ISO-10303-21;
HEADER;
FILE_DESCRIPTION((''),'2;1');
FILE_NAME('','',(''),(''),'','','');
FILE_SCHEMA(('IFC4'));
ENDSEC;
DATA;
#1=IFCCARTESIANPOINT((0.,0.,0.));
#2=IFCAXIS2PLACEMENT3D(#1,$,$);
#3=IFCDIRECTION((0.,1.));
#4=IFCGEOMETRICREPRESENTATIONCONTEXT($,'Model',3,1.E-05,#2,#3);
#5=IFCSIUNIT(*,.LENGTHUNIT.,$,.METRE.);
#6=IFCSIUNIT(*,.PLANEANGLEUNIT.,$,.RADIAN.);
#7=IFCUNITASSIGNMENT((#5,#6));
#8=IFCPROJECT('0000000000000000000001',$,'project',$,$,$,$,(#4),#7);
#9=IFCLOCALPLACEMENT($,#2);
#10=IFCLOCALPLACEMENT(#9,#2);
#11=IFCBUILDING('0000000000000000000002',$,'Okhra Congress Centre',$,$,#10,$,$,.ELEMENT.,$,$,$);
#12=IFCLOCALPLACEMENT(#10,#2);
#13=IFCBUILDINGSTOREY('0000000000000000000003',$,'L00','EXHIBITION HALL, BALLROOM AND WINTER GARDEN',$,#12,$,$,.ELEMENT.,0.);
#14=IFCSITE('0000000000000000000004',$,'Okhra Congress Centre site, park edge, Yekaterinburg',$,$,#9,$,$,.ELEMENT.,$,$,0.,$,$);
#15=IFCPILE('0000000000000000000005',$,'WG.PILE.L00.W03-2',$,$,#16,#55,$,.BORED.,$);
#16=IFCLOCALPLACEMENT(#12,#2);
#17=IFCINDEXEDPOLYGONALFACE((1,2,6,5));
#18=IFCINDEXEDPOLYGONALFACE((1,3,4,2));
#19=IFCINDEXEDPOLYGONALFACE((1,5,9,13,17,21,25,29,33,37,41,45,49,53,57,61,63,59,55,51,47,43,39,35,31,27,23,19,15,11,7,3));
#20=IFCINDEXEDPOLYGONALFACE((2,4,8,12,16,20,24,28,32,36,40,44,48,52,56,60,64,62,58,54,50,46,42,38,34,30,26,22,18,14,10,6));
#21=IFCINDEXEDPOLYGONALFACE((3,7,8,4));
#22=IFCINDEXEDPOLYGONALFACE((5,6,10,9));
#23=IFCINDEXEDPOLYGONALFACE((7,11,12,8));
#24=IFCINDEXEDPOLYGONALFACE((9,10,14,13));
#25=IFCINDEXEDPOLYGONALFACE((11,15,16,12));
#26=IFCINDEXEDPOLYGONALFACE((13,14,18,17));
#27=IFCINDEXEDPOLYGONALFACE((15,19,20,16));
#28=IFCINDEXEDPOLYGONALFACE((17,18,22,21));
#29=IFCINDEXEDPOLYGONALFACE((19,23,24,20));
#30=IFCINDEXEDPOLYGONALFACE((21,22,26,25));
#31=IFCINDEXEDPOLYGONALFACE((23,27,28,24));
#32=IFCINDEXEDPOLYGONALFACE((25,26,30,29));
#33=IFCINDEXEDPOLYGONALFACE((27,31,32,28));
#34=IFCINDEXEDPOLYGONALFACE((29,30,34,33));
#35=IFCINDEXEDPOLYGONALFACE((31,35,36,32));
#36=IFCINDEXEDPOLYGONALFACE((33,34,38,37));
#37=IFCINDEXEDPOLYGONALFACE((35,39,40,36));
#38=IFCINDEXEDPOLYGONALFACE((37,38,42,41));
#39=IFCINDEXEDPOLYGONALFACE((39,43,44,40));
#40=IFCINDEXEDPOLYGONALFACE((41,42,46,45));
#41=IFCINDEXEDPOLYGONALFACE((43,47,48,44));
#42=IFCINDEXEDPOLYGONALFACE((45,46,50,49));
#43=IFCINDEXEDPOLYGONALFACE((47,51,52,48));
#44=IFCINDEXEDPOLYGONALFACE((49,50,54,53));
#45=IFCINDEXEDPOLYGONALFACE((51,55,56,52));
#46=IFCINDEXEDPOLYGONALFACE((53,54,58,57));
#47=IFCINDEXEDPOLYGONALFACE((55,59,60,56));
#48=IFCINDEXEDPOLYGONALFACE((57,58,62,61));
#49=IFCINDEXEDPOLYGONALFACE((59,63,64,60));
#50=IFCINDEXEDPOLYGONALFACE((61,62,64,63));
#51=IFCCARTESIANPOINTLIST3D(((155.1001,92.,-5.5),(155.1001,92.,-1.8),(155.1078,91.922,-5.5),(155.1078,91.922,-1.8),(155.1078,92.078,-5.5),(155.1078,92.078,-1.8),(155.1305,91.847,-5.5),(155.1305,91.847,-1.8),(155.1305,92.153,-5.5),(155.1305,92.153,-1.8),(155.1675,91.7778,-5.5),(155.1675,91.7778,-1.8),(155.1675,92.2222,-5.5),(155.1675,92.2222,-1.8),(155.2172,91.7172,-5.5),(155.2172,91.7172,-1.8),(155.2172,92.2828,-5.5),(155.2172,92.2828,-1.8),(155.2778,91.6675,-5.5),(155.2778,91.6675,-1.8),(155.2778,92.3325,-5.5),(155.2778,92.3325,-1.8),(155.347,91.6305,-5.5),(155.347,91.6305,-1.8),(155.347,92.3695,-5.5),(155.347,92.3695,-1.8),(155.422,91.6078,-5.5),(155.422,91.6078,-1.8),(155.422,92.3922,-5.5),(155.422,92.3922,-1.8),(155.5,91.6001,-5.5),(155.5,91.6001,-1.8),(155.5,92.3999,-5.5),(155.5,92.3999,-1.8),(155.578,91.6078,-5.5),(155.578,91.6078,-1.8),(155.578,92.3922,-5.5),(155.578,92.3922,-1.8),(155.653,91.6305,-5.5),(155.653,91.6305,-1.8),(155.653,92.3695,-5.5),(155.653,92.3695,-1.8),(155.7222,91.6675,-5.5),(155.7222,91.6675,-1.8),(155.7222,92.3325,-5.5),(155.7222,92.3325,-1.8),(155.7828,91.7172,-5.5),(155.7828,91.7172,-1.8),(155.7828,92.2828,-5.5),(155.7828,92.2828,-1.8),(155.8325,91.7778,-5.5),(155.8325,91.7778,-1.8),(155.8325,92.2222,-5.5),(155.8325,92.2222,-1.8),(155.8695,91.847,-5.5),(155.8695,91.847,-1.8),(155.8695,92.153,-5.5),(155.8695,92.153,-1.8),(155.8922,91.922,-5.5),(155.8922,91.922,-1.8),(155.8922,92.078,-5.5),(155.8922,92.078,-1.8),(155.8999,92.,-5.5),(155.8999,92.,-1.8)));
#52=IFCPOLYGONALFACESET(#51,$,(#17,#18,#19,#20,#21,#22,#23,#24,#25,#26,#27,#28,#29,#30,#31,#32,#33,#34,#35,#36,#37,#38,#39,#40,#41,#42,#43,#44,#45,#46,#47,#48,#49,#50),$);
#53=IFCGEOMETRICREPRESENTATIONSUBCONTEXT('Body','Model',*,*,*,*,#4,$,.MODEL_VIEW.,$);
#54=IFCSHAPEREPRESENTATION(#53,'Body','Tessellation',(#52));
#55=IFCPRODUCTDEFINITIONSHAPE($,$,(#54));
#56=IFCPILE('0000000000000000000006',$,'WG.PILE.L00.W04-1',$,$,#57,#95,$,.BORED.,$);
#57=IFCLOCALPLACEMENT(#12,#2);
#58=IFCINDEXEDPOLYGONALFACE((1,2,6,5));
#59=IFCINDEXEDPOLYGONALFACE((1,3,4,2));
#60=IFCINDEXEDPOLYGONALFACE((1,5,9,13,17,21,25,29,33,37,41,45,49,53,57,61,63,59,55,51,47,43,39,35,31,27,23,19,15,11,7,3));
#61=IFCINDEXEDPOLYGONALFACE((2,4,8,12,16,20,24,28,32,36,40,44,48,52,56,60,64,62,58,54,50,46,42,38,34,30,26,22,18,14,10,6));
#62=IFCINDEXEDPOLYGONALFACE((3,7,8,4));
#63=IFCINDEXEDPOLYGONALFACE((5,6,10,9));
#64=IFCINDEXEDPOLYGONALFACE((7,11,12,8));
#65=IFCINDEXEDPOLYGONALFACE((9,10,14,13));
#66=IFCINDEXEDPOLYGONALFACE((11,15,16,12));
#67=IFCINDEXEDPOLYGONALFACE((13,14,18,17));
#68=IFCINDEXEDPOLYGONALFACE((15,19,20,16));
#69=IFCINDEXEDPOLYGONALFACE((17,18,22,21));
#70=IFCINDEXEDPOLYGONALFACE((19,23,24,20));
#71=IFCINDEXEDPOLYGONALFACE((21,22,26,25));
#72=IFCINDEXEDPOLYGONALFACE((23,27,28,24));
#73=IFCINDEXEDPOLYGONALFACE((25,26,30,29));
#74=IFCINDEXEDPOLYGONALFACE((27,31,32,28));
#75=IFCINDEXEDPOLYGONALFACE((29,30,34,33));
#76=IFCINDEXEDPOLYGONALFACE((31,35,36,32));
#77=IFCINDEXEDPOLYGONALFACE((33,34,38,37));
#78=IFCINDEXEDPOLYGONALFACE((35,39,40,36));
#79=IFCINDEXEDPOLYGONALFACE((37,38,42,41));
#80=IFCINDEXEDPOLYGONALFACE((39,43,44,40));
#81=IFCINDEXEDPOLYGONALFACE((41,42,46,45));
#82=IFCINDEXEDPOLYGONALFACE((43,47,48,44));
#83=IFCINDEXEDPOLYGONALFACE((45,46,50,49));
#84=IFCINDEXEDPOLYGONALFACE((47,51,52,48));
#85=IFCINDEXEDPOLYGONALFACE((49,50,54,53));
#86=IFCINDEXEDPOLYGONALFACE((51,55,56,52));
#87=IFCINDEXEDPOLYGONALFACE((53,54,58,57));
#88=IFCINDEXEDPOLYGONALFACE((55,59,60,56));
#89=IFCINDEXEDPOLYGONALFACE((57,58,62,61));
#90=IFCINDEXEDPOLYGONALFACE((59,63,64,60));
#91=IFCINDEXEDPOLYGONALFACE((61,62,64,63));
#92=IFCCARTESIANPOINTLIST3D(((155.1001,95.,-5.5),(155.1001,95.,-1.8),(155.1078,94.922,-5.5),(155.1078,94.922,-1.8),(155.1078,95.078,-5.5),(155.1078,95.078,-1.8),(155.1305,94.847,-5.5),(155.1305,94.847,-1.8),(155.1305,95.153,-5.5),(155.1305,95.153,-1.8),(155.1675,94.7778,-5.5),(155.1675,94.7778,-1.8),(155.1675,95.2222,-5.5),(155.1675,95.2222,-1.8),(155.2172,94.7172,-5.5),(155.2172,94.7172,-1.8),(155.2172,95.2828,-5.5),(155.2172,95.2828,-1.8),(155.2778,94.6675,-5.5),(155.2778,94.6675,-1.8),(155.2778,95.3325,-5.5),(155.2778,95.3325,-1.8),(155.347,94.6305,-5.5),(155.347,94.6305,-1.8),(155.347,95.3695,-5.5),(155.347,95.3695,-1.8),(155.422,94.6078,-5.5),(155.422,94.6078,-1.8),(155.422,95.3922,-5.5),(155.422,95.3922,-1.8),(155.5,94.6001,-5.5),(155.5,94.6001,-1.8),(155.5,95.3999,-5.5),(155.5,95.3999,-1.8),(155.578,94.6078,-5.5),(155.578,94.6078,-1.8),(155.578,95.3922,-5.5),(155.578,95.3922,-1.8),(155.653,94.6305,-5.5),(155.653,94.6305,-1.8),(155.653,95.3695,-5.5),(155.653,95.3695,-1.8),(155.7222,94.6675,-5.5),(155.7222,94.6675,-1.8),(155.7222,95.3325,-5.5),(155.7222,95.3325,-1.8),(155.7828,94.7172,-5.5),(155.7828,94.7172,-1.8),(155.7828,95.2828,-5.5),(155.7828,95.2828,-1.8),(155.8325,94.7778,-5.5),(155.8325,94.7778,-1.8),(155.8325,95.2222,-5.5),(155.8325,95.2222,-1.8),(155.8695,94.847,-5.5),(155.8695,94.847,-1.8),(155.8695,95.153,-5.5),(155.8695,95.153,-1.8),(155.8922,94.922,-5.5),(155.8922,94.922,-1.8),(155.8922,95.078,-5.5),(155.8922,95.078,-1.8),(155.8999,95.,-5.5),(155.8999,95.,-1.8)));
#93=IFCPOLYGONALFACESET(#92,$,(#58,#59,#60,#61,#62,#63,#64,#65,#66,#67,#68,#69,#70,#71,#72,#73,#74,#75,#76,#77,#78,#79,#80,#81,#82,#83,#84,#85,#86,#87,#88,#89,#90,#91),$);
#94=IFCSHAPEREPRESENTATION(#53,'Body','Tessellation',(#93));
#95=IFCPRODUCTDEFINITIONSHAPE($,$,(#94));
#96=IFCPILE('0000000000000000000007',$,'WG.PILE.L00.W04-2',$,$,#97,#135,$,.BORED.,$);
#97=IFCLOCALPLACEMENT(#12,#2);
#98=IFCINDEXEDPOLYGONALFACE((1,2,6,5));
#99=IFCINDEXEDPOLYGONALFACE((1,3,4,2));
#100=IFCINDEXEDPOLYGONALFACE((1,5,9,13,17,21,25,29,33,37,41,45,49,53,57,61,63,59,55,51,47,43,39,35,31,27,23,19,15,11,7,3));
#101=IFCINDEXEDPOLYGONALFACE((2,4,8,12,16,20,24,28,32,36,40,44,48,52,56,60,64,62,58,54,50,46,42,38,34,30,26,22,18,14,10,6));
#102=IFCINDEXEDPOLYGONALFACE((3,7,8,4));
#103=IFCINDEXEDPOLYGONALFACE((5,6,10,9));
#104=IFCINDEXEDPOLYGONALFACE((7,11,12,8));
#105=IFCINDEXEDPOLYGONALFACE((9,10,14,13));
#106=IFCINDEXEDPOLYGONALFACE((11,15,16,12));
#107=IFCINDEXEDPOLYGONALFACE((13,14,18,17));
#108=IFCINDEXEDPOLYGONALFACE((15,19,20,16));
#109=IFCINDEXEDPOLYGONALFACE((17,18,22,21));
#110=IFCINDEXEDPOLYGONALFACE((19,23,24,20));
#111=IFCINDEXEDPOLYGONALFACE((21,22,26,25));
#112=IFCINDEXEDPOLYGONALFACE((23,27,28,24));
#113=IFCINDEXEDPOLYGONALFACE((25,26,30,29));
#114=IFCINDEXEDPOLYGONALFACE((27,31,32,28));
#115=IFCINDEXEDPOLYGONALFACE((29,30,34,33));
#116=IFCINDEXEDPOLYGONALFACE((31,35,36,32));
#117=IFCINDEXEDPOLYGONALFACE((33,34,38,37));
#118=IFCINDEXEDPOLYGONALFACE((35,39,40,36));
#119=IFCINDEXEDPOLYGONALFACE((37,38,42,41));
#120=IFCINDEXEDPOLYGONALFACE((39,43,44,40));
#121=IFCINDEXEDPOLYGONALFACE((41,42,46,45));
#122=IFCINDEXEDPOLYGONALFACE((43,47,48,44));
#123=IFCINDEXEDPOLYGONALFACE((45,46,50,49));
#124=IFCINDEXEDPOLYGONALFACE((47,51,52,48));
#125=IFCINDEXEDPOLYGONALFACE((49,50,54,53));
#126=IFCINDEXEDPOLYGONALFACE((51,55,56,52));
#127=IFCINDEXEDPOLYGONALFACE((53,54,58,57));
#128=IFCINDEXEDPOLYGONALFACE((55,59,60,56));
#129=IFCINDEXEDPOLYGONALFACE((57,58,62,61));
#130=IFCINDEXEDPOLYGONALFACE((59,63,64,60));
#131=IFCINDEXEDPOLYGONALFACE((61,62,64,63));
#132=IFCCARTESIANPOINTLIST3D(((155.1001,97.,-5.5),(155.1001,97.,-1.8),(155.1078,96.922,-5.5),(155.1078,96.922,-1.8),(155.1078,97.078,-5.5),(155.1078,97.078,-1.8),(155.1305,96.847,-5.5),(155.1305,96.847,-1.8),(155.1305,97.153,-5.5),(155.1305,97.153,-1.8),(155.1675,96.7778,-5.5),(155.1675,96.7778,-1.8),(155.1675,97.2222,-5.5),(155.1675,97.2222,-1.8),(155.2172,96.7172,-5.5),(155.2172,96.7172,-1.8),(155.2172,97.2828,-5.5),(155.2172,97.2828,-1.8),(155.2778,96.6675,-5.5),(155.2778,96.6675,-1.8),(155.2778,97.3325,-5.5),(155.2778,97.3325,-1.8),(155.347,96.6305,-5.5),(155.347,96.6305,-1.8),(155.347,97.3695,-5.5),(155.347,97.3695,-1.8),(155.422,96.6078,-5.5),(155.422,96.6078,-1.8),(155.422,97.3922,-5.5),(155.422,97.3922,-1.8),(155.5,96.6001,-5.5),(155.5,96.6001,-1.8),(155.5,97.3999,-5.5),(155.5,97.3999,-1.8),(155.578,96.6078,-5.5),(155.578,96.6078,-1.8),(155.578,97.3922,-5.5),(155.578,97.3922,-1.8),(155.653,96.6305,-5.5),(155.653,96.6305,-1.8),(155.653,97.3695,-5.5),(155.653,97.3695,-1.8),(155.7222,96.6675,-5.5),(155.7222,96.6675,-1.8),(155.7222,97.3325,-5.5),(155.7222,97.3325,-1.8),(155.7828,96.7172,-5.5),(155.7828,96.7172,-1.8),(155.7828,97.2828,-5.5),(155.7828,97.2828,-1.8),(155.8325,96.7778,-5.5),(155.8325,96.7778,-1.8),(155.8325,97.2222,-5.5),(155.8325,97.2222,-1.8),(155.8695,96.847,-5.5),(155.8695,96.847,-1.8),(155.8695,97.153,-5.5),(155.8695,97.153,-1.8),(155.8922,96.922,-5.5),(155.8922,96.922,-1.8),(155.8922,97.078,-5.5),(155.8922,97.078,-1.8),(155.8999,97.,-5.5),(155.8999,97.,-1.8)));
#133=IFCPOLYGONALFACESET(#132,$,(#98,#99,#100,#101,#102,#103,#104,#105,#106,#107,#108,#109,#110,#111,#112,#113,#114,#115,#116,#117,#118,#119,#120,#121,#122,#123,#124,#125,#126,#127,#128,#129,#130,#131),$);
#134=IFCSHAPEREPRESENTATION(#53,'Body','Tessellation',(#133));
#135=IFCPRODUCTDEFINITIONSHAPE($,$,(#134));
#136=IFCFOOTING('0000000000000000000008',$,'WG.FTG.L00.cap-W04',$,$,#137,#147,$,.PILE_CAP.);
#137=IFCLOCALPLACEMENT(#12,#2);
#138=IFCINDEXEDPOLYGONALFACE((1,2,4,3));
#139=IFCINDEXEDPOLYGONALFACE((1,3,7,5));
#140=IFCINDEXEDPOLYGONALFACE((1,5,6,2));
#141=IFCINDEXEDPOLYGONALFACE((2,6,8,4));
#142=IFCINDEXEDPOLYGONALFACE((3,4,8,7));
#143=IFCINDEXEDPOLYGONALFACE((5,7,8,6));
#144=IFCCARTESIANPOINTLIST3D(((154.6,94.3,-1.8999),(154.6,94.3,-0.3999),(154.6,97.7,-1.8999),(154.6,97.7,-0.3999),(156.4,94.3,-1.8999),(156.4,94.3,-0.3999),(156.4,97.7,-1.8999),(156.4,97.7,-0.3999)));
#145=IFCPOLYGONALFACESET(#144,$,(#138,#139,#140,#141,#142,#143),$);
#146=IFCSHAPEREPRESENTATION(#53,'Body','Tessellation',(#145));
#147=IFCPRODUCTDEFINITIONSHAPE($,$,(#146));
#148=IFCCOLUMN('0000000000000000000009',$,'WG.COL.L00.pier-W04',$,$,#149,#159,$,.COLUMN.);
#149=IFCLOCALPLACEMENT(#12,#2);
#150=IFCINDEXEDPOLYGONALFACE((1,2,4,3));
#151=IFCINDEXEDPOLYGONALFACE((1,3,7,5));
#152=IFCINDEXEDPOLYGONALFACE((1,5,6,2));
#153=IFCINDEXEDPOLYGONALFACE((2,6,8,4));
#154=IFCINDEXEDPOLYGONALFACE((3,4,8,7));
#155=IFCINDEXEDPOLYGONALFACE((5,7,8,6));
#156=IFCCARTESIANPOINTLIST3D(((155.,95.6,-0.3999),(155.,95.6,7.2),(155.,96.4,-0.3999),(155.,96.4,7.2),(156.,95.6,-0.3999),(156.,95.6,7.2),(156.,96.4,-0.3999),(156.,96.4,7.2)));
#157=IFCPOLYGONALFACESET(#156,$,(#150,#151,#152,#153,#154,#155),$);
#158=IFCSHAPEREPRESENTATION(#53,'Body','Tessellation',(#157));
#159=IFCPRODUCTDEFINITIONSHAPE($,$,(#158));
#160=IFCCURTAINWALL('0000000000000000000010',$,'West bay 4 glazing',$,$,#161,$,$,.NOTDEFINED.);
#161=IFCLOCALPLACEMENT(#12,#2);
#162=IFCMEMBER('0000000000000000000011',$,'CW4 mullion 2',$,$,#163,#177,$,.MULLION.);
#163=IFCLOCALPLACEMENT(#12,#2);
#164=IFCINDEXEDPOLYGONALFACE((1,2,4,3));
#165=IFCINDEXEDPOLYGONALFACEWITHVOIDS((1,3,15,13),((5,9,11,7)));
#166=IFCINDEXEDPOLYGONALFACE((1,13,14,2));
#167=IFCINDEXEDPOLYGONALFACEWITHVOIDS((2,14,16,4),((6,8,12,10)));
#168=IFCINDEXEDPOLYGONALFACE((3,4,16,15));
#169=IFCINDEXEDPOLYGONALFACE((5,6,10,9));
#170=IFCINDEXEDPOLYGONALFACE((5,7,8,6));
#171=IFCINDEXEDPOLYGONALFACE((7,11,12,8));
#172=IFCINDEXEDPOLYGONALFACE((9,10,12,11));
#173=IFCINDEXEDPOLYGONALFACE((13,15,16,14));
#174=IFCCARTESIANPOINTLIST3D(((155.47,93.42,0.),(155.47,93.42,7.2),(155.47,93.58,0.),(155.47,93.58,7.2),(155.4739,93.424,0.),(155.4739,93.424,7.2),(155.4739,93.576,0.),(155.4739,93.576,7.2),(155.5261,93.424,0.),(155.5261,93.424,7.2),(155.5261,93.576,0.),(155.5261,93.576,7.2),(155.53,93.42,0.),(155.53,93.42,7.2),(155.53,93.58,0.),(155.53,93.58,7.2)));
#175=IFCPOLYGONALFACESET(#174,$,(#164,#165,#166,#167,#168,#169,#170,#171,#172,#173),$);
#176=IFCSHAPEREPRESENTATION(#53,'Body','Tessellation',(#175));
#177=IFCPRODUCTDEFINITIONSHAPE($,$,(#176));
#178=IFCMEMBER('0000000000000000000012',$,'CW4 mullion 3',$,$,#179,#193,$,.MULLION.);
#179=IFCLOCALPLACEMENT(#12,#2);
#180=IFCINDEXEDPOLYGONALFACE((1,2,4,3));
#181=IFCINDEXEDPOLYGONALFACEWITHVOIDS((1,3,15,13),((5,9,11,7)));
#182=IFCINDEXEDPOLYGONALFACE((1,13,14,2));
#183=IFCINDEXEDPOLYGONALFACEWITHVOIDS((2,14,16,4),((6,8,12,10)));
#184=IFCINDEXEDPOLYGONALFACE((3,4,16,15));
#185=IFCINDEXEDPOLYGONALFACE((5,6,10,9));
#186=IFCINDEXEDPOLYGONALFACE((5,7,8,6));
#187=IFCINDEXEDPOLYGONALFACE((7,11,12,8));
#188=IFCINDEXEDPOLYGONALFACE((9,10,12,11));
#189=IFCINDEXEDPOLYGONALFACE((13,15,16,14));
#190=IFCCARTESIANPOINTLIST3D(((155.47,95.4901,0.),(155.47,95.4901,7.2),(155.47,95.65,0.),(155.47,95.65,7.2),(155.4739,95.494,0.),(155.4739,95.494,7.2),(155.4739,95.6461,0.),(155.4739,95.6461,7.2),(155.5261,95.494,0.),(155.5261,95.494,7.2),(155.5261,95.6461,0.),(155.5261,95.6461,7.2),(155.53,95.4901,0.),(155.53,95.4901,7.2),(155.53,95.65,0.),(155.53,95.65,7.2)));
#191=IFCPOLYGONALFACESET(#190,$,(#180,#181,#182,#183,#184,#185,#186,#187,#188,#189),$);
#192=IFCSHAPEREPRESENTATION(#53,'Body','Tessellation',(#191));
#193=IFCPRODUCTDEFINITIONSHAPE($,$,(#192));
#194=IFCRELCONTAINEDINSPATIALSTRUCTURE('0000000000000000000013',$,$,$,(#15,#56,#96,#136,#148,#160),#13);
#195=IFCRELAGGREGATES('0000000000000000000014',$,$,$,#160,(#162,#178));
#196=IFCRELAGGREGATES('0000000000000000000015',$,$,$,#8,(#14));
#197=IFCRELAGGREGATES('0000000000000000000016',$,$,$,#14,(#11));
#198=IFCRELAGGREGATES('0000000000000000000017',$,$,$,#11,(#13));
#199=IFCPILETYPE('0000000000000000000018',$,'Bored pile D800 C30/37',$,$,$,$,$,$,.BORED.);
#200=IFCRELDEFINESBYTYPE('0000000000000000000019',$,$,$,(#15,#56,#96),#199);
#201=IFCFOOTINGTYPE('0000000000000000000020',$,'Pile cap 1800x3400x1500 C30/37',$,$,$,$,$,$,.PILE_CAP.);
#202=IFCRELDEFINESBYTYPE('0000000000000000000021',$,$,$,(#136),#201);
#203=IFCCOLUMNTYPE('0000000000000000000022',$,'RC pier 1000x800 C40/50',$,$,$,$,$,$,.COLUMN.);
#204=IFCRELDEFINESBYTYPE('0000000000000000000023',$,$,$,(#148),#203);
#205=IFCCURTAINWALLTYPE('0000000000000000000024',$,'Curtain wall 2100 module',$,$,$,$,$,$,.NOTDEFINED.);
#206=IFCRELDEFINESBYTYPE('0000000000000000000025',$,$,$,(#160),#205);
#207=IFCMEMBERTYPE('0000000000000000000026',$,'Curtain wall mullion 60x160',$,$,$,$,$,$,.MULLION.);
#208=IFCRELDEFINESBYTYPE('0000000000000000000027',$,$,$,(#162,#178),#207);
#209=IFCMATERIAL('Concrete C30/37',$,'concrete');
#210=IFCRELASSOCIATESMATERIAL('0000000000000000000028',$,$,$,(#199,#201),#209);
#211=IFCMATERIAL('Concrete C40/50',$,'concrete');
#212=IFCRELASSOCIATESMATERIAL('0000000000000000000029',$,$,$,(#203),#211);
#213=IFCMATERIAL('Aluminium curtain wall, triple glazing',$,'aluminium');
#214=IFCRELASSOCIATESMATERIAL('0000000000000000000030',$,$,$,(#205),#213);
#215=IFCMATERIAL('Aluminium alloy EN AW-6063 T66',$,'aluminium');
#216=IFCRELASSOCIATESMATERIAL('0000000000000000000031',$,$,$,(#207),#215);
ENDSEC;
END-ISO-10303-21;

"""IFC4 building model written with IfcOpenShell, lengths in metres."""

from ifc_helpers import new_model, si_unit, direction, frame, origin, origin_2d, place, context, subcontext, project, spatial, rectangle, hollow_rectangle, circle, extrude, material, material_profile, profile_set, type_object, element, aggregate, save


model = new_model("IFC4")

# Units and contexts
model_context = context("Model", 3, precision=1e-05, world=origin(), true_north=direction((0.0, 1.0)))
body_context = subcontext(model_context, "Body", "Model", "MODEL_VIEW")
ifc_project = project(units=[si_unit("LENGTHUNIT", "METRE"), si_unit("PLANEANGLEUNIT", "RADIAN")], contexts=[model_context])

# Site, building, storey
site_placement = place(None, origin())
site = spatial("IfcSite", under=ifc_project, at=site_placement, Name="Okhra Congress Centre site, park edge, Yekaterinburg", CompositionType="ELEMENT", RefElevation=0.0)
building_placement = place(site_placement, origin())
building = spatial("IfcBuilding", under=site, at=building_placement, Name="Okhra Congress Centre", CompositionType="ELEMENT")
storey_placement = place(building_placement, origin())
storey = spatial("IfcBuildingStorey", under=building, at=storey_placement, Name="L00", Description="EXHIBITION HALL, BALLROOM AND WINTER GARDEN", CompositionType="ELEMENT", Elevation=0.0)

# Piles
ifc_material_1 = material(Name="Concrete C30/37", Category="concrete")
ifc_material_profile_1 = material_profile(ifc_material_1, circle(Radius=0.3999, at=origin_2d()), Name="D800")
ifc_profile_set_1 = profile_set([ifc_material_profile_1], Name="Concrete C30/37")
pile_type = type_object("IfcPileType", Name="Bored pile D800 C30/37", PredefinedType="BORED", material=ifc_profile_set_1)
for number, where, z_axis, x_axis, name in (
    (1, (155.5, 92.0, -1.8), (0.0, 0.0, -1.0), (1.0, 0.0, 0.0), "WG.PILE.L00.W03-2"),
    (2, (155.5, 95.0, -1.8), (0.0, 0.0, -1.0), (1.0, 0.0, 0.0), "WG.PILE.L00.W04-1"),
    (3, (155.5, 97.0, -1.8), (0.0, 0.0, -1.0), (1.0, 0.0, 0.0), "WG.PILE.L00.W04-2"),
):
    element("IfcPile", number, at=place(storey_placement, frame(where, z_axis=z_axis, x_axis=x_axis)), inside=storey, type_object=pile_type, Name=name, PredefinedType="BORED", context=body_context, shape_type="SweptSolid", body=[
        extrude(circle(Radius=0.3999, at=origin_2d()), origin(), (0.0, 0.0, 1.0), 3.7),
    ])

# Footing
footing_type = type_object("IfcFootingType", Name="Pile cap 1800x3400x1500 C30/37", PredefinedType="PILE_CAP", material=ifc_material_1)
footing_placement = place(storey_placement, frame((155.5, 96.0, -1.8999), z_axis=(0.0, 0.0, 1.0), x_axis=(1.0, 0.0, 0.0)))
element("IfcFooting", 4, at=footing_placement, inside=storey, type_object=footing_type, Name="WG.FTG.L00.cap-W04", PredefinedType="PILE_CAP", context=body_context, shape_type="SweptSolid", body=[
    extrude(rectangle(XDim=1.8, YDim=3.3999, at=origin_2d()), origin(), (0.0, 0.0, 1.0), 1.5),
])

# Column
ifc_material_2 = material(Name="Concrete C40/50", Category="concrete")
ifc_material_profile_2 = material_profile(ifc_material_2, rectangle(XDim=1.0, YDim=0.8, at=origin_2d()), Name="RC 1000x800")
ifc_profile_set_2 = profile_set([ifc_material_profile_2], Name="Concrete C40/50")
column_type = type_object("IfcColumnType", Name="RC pier 1000x800 C40/50", PredefinedType="COLUMN", material=ifc_profile_set_2)
column_placement = place(storey_placement, frame((155.5, 96.0, -0.3999), z_axis=(0.0, 0.0, 1.0), x_axis=(1.0, 0.0, 0.0)))
element("IfcColumn", 5, at=column_placement, inside=storey, type_object=column_type, Name="WG.COL.L00.pier-W04", PredefinedType="COLUMN", context=body_context, shape_type="SweptSolid", body=[
    extrude(rectangle(XDim=1.0, YDim=0.8, at=origin_2d()), origin(), (0.0, 0.0, 1.0), 7.5999),
])

# Curtain wall, members
ifc_material_3 = material(Name="Aluminium curtain wall, triple glazing", Category="aluminium")
curtain_wall_type = type_object("IfcCurtainWallType", Name="Curtain wall 2100 module", PredefinedType="NOTDEFINED", material=ifc_material_3)
curtain_wall_1_placement = place(storey_placement, origin())
curtain_wall_1 = element("IfcCurtainWall", 6, at=curtain_wall_1_placement, inside=storey, type_object=curtain_wall_type, Name="West bay 4 glazing", PredefinedType="NOTDEFINED")
ifc_material_4 = material(Name="Aluminium alloy EN AW-6063 T66", Category="aluminium")
ifc_material_profile_3 = material_profile(ifc_material_4, hollow_rectangle(XDim=0.0601, YDim=0.1599, WallThickness=0.0039, at=origin_2d()), Name="RHS 60x160x4")
ifc_profile_set_3 = profile_set([ifc_material_profile_3], Name="Aluminium alloy EN AW-6063 T66")
member_type_1 = type_object("IfcMemberType", Name="Curtain wall mullion 60x160", PredefinedType="MULLION", material=ifc_profile_set_3)
member_1_placement = place(storey_placement, frame((155.5, 93.5, 0.0), z_axis=(0.0, 0.0, 1.0), x_axis=(-1.0, 0.0, 0.0)))
member_1 = element("IfcMember", 7, at=member_1_placement, type_object=member_type_1, Name="CW4 mullion 2", PredefinedType="MULLION", context=body_context, shape_type="SweptSolid", body=[
    extrude(hollow_rectangle(XDim=0.0601, YDim=0.1599, WallThickness=0.0039, at=origin_2d()), origin(), (0.0, 0.0, 1.0), 7.2),
])
member_2_placement = place(storey_placement, frame((155.5, 95.5701, 0.0), z_axis=(0.0, 0.0, 1.0), x_axis=(-1.0, 0.0, 0.0)))
member_2 = element("IfcMember", 8, at=member_2_placement, type_object=member_type_1, Name="CW4 mullion 3", PredefinedType="MULLION", context=body_context, shape_type="SweptSolid", body=[
    extrude(hollow_rectangle(XDim=0.0601, YDim=0.1599, WallThickness=0.0039, at=origin_2d()), origin(), (0.0, 0.0, 1.0), 7.2),
])

aggregate(curtain_wall_1, [member_1, member_2])

save(model, "model.ifc")
